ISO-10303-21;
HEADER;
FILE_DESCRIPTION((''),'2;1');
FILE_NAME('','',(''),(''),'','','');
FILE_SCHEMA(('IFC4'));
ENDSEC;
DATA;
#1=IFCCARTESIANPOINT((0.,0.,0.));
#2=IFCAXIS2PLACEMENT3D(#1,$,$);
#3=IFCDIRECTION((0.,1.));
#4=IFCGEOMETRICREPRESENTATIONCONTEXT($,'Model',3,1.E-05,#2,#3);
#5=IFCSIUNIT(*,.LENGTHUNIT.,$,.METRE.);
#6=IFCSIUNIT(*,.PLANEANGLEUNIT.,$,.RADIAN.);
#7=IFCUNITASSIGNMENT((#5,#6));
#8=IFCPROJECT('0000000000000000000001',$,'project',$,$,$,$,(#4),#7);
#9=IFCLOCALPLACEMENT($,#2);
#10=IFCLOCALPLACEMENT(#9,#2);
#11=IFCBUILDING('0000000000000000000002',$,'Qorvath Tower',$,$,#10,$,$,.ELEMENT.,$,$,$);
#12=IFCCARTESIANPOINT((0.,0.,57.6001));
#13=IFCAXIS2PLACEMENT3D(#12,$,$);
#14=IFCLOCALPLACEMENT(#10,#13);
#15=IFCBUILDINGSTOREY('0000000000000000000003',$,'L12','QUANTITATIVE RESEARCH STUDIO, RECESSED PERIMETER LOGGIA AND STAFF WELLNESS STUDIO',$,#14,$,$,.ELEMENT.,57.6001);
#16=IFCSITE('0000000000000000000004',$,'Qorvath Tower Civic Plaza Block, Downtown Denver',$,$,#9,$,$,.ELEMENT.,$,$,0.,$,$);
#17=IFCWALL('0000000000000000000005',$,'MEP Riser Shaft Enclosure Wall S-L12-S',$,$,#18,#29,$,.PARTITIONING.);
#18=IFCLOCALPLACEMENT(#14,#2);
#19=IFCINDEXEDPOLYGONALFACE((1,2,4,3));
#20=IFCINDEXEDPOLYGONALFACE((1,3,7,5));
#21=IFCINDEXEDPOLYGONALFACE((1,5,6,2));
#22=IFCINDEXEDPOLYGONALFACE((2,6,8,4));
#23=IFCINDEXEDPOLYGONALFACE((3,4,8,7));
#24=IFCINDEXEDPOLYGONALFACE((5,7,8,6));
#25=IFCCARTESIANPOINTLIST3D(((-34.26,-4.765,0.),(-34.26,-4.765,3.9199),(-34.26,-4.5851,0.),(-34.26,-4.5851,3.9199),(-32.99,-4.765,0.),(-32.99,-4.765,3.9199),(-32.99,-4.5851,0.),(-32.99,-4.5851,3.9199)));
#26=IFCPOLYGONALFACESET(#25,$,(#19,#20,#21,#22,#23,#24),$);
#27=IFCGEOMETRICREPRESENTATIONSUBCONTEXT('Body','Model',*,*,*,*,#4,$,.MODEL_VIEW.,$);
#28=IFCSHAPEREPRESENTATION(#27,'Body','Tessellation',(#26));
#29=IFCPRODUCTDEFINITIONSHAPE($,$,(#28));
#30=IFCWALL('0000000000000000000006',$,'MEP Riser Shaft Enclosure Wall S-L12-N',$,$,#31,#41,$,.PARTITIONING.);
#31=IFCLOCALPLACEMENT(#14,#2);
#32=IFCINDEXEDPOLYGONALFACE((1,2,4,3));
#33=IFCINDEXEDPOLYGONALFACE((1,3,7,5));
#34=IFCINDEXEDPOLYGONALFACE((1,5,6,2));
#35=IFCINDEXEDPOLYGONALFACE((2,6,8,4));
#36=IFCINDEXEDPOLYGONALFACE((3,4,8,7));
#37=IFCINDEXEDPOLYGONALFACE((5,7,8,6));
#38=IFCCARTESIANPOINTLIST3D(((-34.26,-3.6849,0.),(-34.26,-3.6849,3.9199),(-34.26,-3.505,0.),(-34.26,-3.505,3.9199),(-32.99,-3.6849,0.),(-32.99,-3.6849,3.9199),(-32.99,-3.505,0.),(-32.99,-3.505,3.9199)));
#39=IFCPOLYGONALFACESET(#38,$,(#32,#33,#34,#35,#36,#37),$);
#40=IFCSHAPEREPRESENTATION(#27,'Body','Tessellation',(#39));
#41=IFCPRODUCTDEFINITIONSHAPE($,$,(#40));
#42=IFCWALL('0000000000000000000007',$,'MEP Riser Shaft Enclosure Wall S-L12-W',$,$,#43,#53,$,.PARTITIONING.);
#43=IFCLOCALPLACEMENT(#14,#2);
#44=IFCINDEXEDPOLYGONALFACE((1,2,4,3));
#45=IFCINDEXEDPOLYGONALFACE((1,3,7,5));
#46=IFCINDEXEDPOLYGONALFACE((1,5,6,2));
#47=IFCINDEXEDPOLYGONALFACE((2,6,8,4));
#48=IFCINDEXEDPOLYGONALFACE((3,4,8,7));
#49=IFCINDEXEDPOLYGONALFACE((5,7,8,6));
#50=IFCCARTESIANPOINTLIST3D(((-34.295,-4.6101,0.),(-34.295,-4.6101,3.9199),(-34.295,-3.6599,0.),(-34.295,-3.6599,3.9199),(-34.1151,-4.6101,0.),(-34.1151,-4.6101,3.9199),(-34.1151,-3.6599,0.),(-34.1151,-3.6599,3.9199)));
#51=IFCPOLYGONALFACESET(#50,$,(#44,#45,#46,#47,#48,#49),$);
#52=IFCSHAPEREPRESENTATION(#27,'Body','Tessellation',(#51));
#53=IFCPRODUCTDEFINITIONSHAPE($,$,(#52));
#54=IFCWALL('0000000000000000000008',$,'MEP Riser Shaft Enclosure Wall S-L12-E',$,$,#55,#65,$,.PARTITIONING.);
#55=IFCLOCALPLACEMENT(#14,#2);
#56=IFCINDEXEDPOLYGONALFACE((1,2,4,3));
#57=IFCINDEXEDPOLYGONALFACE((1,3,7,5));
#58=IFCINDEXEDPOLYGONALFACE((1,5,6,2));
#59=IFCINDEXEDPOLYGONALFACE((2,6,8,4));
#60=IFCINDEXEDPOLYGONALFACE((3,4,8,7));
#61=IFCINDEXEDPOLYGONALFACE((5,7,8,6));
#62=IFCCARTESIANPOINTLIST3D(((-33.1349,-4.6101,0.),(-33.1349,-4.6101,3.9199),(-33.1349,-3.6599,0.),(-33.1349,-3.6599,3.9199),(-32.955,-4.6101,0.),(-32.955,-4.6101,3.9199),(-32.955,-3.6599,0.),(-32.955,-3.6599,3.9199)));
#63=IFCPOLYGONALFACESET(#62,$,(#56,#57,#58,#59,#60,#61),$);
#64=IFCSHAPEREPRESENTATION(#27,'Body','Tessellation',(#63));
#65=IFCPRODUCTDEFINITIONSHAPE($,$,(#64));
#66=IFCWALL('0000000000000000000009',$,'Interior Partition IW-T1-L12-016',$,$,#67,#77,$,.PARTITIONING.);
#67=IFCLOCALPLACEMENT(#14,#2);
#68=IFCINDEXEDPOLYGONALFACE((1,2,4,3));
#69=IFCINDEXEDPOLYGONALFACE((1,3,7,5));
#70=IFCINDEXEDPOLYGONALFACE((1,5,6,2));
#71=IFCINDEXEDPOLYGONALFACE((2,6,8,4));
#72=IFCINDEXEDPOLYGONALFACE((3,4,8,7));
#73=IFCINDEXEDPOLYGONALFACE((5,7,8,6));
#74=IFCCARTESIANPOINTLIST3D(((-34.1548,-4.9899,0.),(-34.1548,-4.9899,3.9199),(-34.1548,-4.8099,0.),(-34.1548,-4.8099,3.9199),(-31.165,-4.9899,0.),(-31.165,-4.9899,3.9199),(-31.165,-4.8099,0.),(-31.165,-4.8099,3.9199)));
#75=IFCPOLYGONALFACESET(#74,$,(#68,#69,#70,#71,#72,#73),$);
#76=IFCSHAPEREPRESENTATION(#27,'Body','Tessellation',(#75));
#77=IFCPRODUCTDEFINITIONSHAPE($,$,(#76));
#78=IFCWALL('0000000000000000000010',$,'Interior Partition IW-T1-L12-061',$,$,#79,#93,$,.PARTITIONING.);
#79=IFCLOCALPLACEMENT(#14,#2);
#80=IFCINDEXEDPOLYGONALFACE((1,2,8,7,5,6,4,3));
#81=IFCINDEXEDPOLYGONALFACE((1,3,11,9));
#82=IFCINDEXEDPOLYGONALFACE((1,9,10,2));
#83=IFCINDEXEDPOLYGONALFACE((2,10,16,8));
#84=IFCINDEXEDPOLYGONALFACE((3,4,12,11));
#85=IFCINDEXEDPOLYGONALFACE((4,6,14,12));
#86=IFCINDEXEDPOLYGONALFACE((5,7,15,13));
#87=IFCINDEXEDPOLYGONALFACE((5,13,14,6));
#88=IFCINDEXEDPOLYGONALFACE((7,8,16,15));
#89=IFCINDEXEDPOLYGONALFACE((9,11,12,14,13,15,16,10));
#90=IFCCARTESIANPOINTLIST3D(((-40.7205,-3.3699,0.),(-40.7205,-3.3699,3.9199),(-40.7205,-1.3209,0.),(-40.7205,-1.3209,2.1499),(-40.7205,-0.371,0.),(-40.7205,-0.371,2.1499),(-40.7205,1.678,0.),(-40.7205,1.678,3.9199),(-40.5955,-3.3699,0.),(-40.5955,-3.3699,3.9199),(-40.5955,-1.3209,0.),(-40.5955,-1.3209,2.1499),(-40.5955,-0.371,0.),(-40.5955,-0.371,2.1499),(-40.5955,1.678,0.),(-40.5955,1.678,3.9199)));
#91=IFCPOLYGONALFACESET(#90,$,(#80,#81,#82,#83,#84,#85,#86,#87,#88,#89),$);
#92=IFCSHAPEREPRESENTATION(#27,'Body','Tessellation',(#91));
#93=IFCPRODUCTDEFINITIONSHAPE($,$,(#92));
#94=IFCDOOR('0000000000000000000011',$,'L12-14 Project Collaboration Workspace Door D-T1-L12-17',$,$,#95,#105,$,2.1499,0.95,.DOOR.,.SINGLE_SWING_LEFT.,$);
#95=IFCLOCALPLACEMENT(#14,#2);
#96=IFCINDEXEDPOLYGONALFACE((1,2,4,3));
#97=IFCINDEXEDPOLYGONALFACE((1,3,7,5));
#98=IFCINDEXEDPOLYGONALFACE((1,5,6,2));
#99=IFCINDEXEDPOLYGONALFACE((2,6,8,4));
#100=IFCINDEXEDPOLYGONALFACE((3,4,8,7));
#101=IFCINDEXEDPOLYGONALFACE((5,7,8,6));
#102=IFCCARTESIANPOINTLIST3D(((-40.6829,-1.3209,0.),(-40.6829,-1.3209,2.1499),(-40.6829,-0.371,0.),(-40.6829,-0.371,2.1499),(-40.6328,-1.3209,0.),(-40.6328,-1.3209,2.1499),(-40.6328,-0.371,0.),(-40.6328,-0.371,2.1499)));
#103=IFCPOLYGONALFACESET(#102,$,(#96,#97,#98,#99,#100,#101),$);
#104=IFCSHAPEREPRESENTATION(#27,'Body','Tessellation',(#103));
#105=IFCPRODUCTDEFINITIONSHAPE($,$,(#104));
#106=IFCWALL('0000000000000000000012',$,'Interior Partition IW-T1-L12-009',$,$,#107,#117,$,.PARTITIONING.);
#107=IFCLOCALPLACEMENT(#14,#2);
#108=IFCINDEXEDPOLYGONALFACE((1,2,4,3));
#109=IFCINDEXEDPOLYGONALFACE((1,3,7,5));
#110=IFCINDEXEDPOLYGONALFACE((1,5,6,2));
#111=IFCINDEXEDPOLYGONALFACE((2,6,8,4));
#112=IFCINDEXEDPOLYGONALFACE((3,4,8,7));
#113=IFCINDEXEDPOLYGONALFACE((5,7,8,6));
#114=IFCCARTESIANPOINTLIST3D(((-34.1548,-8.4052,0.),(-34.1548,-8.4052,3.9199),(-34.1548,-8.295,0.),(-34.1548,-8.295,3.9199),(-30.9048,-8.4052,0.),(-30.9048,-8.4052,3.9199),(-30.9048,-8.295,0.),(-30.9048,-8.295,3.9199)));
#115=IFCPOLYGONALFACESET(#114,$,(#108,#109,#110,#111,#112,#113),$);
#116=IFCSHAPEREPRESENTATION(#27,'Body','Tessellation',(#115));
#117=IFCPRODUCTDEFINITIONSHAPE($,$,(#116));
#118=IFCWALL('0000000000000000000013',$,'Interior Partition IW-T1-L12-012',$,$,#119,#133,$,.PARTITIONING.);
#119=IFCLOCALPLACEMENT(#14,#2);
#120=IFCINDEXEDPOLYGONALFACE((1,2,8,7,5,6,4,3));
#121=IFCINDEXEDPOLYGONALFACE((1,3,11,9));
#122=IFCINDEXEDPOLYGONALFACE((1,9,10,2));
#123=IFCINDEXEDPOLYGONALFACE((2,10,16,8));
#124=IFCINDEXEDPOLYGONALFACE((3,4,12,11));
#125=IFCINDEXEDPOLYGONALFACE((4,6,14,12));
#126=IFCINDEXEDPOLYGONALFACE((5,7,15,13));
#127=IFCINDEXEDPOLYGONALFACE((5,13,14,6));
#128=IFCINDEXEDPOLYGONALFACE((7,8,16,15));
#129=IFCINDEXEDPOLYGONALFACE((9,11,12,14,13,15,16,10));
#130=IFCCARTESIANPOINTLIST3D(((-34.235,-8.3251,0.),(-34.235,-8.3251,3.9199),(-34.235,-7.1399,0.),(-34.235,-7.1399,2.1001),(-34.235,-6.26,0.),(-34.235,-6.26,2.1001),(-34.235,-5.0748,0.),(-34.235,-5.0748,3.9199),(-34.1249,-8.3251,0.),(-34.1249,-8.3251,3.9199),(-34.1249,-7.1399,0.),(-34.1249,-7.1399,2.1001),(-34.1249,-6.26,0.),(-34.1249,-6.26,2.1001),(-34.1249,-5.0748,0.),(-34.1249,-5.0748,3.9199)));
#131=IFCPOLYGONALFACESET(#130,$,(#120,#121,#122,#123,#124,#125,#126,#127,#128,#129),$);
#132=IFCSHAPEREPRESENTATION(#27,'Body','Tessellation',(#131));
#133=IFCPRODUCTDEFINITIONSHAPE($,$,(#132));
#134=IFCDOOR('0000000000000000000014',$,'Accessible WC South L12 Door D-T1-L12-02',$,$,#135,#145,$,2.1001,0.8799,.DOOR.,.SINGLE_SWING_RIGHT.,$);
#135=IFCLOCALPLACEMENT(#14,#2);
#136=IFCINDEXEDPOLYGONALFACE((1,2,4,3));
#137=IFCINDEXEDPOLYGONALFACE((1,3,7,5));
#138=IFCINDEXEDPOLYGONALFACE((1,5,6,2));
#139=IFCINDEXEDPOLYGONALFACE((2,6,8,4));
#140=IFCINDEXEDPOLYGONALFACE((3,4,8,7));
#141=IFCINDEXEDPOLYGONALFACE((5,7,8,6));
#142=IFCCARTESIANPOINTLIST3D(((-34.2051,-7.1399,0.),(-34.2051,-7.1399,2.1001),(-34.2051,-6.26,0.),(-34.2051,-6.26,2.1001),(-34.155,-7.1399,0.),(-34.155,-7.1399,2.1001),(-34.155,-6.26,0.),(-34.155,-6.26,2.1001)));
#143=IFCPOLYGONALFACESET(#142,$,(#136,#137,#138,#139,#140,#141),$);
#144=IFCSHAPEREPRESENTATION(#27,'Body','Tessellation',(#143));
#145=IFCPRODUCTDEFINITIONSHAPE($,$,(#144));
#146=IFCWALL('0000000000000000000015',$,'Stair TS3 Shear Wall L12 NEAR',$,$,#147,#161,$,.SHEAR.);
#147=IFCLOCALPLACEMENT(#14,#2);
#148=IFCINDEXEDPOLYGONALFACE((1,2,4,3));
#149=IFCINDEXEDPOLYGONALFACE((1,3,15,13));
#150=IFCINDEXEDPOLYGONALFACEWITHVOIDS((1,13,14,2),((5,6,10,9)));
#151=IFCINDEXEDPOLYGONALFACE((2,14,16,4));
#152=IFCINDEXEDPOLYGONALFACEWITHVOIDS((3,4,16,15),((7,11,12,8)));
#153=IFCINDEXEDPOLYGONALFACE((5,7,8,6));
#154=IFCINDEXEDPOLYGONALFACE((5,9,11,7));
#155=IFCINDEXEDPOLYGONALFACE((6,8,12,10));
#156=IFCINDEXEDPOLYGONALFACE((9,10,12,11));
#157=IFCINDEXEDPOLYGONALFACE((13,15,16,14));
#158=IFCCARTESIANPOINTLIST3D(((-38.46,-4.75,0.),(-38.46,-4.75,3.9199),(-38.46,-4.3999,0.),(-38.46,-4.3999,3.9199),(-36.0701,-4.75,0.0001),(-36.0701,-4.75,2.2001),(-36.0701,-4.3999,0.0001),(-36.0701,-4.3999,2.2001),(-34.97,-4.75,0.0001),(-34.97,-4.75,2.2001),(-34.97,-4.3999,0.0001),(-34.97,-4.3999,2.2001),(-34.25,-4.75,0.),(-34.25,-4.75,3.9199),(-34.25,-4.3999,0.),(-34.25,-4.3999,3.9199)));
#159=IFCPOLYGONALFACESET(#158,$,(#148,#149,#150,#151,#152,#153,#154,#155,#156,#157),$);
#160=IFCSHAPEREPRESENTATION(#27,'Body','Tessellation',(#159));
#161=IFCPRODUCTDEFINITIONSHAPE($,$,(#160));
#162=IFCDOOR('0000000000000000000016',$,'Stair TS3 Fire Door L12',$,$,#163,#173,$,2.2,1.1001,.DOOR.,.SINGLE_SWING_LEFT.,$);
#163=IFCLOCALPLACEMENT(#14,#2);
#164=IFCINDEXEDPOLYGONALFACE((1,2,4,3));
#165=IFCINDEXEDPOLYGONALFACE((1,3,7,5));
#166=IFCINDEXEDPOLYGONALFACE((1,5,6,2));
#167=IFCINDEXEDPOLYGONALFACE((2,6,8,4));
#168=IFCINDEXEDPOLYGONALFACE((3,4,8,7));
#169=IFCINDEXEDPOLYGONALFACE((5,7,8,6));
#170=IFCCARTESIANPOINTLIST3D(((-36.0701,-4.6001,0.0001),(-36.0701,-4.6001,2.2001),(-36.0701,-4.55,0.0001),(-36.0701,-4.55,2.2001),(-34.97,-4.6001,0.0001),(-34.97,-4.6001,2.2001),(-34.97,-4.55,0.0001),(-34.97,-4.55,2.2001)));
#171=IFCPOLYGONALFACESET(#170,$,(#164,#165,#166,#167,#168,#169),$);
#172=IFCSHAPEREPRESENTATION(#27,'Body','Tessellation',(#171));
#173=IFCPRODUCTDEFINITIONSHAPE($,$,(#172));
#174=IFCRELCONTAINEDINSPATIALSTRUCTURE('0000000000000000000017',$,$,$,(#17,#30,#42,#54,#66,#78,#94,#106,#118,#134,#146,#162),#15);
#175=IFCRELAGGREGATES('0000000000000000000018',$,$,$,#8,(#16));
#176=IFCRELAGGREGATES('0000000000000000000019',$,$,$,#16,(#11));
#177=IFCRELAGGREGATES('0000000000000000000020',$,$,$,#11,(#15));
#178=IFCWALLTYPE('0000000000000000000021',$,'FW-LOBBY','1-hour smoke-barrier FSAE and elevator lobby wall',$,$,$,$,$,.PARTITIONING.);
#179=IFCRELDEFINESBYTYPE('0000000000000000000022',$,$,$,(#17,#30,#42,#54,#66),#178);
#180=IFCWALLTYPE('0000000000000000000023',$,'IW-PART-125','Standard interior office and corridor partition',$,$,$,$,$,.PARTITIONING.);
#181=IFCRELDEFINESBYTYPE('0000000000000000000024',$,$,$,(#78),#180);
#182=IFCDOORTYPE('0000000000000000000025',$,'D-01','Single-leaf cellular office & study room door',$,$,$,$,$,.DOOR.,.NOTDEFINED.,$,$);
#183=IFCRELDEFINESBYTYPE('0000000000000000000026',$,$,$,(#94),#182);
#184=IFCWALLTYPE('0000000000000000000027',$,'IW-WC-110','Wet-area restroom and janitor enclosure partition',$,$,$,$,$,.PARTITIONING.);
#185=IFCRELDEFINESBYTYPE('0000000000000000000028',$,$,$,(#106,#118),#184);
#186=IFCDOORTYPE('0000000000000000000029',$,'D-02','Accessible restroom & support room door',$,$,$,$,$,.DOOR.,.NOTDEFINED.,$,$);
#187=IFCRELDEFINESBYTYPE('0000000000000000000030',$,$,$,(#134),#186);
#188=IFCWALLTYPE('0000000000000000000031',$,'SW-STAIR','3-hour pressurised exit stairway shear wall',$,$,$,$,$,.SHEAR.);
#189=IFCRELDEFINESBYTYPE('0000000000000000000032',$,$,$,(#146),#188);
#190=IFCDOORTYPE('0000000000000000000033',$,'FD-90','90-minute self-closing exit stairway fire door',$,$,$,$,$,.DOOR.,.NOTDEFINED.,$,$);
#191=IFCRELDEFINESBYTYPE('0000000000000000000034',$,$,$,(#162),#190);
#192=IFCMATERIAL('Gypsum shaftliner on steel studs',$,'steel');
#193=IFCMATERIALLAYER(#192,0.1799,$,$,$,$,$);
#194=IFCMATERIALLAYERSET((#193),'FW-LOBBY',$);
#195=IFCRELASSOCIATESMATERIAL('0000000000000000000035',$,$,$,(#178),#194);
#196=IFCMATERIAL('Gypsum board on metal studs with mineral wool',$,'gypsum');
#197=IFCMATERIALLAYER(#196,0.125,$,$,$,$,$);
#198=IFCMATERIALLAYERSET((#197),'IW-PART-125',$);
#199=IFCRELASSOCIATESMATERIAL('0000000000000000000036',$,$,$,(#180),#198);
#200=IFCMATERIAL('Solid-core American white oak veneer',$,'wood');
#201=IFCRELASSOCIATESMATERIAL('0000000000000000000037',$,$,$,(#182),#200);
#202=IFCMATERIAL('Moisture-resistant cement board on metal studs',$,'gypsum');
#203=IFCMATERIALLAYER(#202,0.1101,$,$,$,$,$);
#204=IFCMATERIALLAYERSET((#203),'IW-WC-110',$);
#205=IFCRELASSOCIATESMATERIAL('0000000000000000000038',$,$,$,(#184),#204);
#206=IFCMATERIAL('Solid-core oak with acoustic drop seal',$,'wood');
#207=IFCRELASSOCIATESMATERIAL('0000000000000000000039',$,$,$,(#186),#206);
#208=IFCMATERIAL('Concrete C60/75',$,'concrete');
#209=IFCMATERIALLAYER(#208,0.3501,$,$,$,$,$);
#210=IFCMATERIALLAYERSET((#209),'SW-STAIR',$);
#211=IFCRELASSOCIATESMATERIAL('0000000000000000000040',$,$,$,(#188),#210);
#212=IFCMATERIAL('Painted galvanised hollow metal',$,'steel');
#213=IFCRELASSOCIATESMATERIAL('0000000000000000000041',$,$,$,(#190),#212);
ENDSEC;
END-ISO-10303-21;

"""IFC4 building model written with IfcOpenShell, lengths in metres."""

from ifc_helpers import new_model, si_unit, direction, frame, frame_2d, origin, place, context, subcontext, project, spatial, rectangle, extrude, material, layer, layer_set, type_object, element, fill, save


model = new_model("IFC4")

# Units and contexts
model_context = context("Model", 3, precision=1e-05, world=origin(), true_north=direction((0.0, 1.0)))
body_context = subcontext(model_context, "Body", "Model", "MODEL_VIEW")
ifc_project = project(units=[si_unit("LENGTHUNIT", "METRE"), si_unit("PLANEANGLEUNIT", "RADIAN")], contexts=[model_context])

# Site, building, storey
site_placement = place(None, origin())
site = spatial("IfcSite", under=ifc_project, at=site_placement, Name="Qorvath Tower Civic Plaza Block, Downtown Denver", CompositionType="ELEMENT", RefElevation=0.0)
building_placement = place(site_placement, origin())
building = spatial("IfcBuilding", under=site, at=building_placement, Name="Qorvath Tower", CompositionType="ELEMENT")
storey_placement = place(building_placement, frame((0.0, 0.0, 57.6001)))
storey = spatial("IfcBuildingStorey", under=building, at=storey_placement, Name="L12", Description="QUANTITATIVE RESEARCH STUDIO, RECESSED PERIMETER LOGGIA AND STAFF WELLNESS STUDIO", CompositionType="ELEMENT", Elevation=57.6001)

# Walls
ifc_material_1 = material(Name="Gypsum shaftliner on steel studs", Category="steel")
ifc_layer_1 = layer(ifc_material_1, 0.1799)
ifc_layer_set_1 = layer_set([ifc_layer_1], Name="FW-LOBBY")
wall_type_1 = type_object("IfcWallType", Name="FW-LOBBY", Description="1-hour smoke-barrier FSAE and elevator lobby wall", PredefinedType="PARTITIONING", material=ifc_layer_set_1)
for number, where, z_axis, x_axis, name in (
    (1, (-32.99, -4.675, 0.0), (0.0, 0.0, 1.0), (-1.0, 0.0, 0.0), "MEP Riser Shaft Enclosure Wall S-L12-S"),
    (2, (-34.26, -3.595, 0.0), (0.0, 0.0, 1.0), (1.0, 0.0, 0.0), "MEP Riser Shaft Enclosure Wall S-L12-N"),
):
    element("IfcWall", number, at=place(storey_placement, frame(where, z_axis=z_axis, x_axis=x_axis)), inside=storey, type_object=wall_type_1, Name=name, PredefinedType="PARTITIONING", context=body_context, shape_type="SweptSolid", body=[
        extrude(rectangle(XDim=1.27, YDim=0.1799, at=frame_2d((0.635, 0.0))), origin(), (0.0, 0.0, 1.0), 3.9199),
    ])
for number, where, z_axis, x_axis, name in (
    (3, (-34.2051, -4.6101, 0.0), (0.0, 0.0, 1.0), (0.0, 1.0, 0.0), "MEP Riser Shaft Enclosure Wall S-L12-W"),
    (4, (-33.0449, -3.6599, 0.0), (0.0, 0.0, 1.0), (0.0, -1.0, 0.0), "MEP Riser Shaft Enclosure Wall S-L12-E"),
):
    element("IfcWall", number, at=place(storey_placement, frame(where, z_axis=z_axis, x_axis=x_axis)), inside=storey, type_object=wall_type_1, Name=name, PredefinedType="PARTITIONING", context=body_context, shape_type="SweptSolid", body=[
        extrude(rectangle(XDim=0.9502, YDim=0.1799, at=frame_2d((0.4751, 0.0))), origin(), (0.0, 0.0, 1.0), 3.9199),
    ])
wall_1_placement = place(storey_placement, frame((-34.1548, -4.8999, 0.0), z_axis=(0.0, 0.0, 1.0), x_axis=(1.0, 0.0, 0.0)))
element("IfcWall", 5, at=wall_1_placement, inside=storey, type_object=wall_type_1, Name="Interior Partition IW-T1-L12-016", PredefinedType="PARTITIONING", context=body_context, shape_type="SweptSolid", body=[
    extrude(rectangle(XDim=2.9897, YDim=0.1799, at=frame_2d((1.4949, 0.0))), origin(), (0.0, 0.0, 1.0), 3.9199),
])

# Wall, opening, door
ifc_material_2 = material(Name="Gypsum board on metal studs with mineral wool", Category="gypsum")
ifc_layer_2 = layer(ifc_material_2, 0.125)
ifc_layer_set_2 = layer_set([ifc_layer_2], Name="IW-PART-125")
wall_type_2 = type_object("IfcWallType", Name="IW-PART-125", Description="Standard interior office and corridor partition", PredefinedType="PARTITIONING", material=ifc_layer_set_2)
wall_2_placement = place(storey_placement, frame((-40.658, -3.3699, 0.0), z_axis=(0.0, 0.0, 1.0), x_axis=(0.0, 1.0, 0.0)))
wall_2 = element("IfcWall", 6, at=wall_2_placement, inside=storey, type_object=wall_type_2, Name="Interior Partition IW-T1-L12-061", PredefinedType="PARTITIONING", context=body_context, shape_type="SweptSolid", body=[
    extrude(rectangle(XDim=5.0479, YDim=0.125, at=frame_2d((2.5239, 0.0))), origin(), (0.0, 0.0, 1.0), 3.9199),
])
opening_1_placement = place(wall_2_placement, frame((2.0488, 0.0, 0.0)))
opening_1 = element("IfcOpeningElement", 7, at=opening_1_placement, cuts=wall_2, PredefinedType="OPENING", context=body_context, shape_type="SweptSolid", body=[
    extrude(rectangle(XDim=0.95, YDim=2.1499, at=frame_2d((0.4751, 1.075))), frame((0.0, 0.0725, 0.0), z_axis=(0.0, -1.0, 0.0), x_axis=(1.0, 0.0, 0.0)), (0.0, 0.0, 1.0), 0.145),
])
ifc_material_3 = material(Name="Solid-core American white oak veneer", Category="wood")
door_type_1 = type_object("IfcDoorType", Name="D-01", Description="Single-leaf cellular office & study room door", OperationType="NOTDEFINED", PredefinedType="DOOR", material=ifc_material_3)
door_1_placement = place(opening_1_placement, origin())
door_1 = element("IfcDoor", 8, at=door_1_placement, inside=storey, type_object=door_type_1, Name="L12-14 Project Collaboration Workspace Door D-T1-L12-17", OperationType="SINGLE_SWING_LEFT", OverallHeight=2.1499, OverallWidth=0.95, PredefinedType="DOOR", context=body_context, shape_type="SweptSolid", body=[
    extrude(rectangle(XDim=0.95, YDim=2.1499, at=frame_2d((0.4751, 1.075))), frame((0.0, 0.0249, 0.0), z_axis=(0.0, -1.0, 0.0), x_axis=(1.0, 0.0, 0.0)), (0.0, 0.0, 1.0), 0.05),
])
fill(opening_1, door_1)

# Wall
ifc_material_4 = material(Name="Moisture-resistant cement board on metal studs", Category="gypsum")
ifc_layer_3 = layer(ifc_material_4, 0.1101)
ifc_layer_set_3 = layer_set([ifc_layer_3], Name="IW-WC-110")
wall_type_3 = type_object("IfcWallType", Name="IW-WC-110", Description="Wet-area restroom and janitor enclosure partition", PredefinedType="PARTITIONING", material=ifc_layer_set_3)
wall_3_placement = place(storey_placement, frame((-34.1548, -8.3501, 0.0), z_axis=(0.0, 0.0, 1.0), x_axis=(1.0, 0.0, 0.0)))
element("IfcWall", 9, at=wall_3_placement, inside=storey, type_object=wall_type_3, Name="Interior Partition IW-T1-L12-009", PredefinedType="PARTITIONING", context=body_context, shape_type="SweptSolid", body=[
    extrude(rectangle(XDim=3.25, YDim=0.1101, at=frame_2d((1.625, 0.0))), origin(), (0.0, 0.0, 1.0), 3.9199),
])

# Walls, openings, doors
wall_4_placement = place(storey_placement, frame((-34.1799, -5.075, 0.0), z_axis=(0.0, 0.0, 1.0), x_axis=(0.0, -1.0, 0.0)))
wall_4 = element("IfcWall", 10, at=wall_4_placement, inside=storey, type_object=wall_type_3, Name="Interior Partition IW-T1-L12-012", PredefinedType="PARTITIONING", context=body_context, shape_type="SweptSolid", body=[
    extrude(rectangle(XDim=3.2502, YDim=0.1101, at=frame_2d((1.625, 0.0))), origin(), (0.0, 0.0, 1.0), 3.9199),
])
opening_2_placement = place(wall_4_placement, frame((1.1851, 0.0, 0.0)))
opening_2 = element("IfcOpeningElement", 11, at=opening_2_placement, cuts=wall_4, PredefinedType="OPENING", context=body_context, shape_type="SweptSolid", body=[
    extrude(rectangle(XDim=0.8799, YDim=2.1001, at=frame_2d((0.4399, 1.05))), frame((0.0, 0.0649, 0.0), z_axis=(0.0, -1.0, 0.0), x_axis=(1.0, 0.0, 0.0)), (0.0, 0.0, 1.0), 0.1301),
])
ifc_material_5 = material(Name="Solid-core oak with acoustic drop seal", Category="wood")
door_type_2 = type_object("IfcDoorType", Name="D-02", Description="Accessible restroom & support room door", OperationType="NOTDEFINED", PredefinedType="DOOR", material=ifc_material_5)
door_2_placement = place(opening_2_placement, origin())
door_2 = element("IfcDoor", 12, at=door_2_placement, inside=storey, type_object=door_type_2, Name="Accessible WC South L12 Door D-T1-L12-02", OperationType="SINGLE_SWING_RIGHT", OverallHeight=2.1001, OverallWidth=0.8799, PredefinedType="DOOR", context=body_context, shape_type="SweptSolid", body=[
    extrude(rectangle(XDim=0.8799, YDim=2.1001, at=frame_2d((0.4399, 1.05))), frame((0.0, 0.0249, 0.0), z_axis=(0.0, -1.0, 0.0), x_axis=(1.0, 0.0, 0.0)), (0.0, 0.0, 1.0), 0.05),
])
fill(opening_2, door_2)
ifc_material_6 = material(Name="Concrete C60/75", Category="concrete")
ifc_layer_4 = layer(ifc_material_6, 0.3501)
ifc_layer_set_4 = layer_set([ifc_layer_4], Name="SW-STAIR")
wall_type_4 = type_object("IfcWallType", Name="SW-STAIR", Description="3-hour pressurised exit stairway shear wall", PredefinedType="SHEAR", material=ifc_layer_set_4)
wall_5_placement = place(storey_placement, frame((-38.46, -4.575, 0.0), z_axis=(0.0, 0.0, 1.0), x_axis=(1.0, 0.0, 0.0)))
wall_5 = element("IfcWall", 13, at=wall_5_placement, inside=storey, type_object=wall_type_4, Name="Stair TS3 Shear Wall L12 NEAR", PredefinedType="SHEAR", context=body_context, shape_type="SweptSolid", body=[
    extrude(rectangle(XDim=4.21, YDim=0.3501, at=frame_2d((2.105, 0.0))), origin(), (0.0, 0.0, 1.0), 3.9199),
])
opening_3_placement = place(wall_5_placement, frame((2.3899, 0.0, 0.0)))
opening_3 = element("IfcOpeningElement", 14, at=opening_3_placement, cuts=wall_5, PredefinedType="OPENING", context=body_context, shape_type="SweptSolid", body=[
    extrude(rectangle(XDim=1.1001, YDim=2.2, at=frame_2d((0.55, 1.1001))), frame((0.0, 0.1851, 0.0), z_axis=(0.0, -1.0, 0.0), x_axis=(1.0, 0.0, 0.0)), (0.0, 0.0, 1.0), 0.3701),
])
ifc_material_7 = material(Name="Painted galvanised hollow metal", Category="steel")
door_type_3 = type_object("IfcDoorType", Name="FD-90", Description="90-minute self-closing exit stairway fire door", OperationType="NOTDEFINED", PredefinedType="DOOR", material=ifc_material_7)
door_3_placement = place(opening_3_placement, origin())
door_3 = element("IfcDoor", 15, at=door_3_placement, inside=storey, type_object=door_type_3, Name="Stair TS3 Fire Door L12", OperationType="SINGLE_SWING_LEFT", OverallHeight=2.2, OverallWidth=1.1001, PredefinedType="DOOR", context=body_context, shape_type="SweptSolid", body=[
    extrude(rectangle(XDim=1.1001, YDim=2.2, at=frame_2d((0.55, 1.1001))), frame((0.0, 0.0249, 0.0), z_axis=(0.0, -1.0, 0.0), x_axis=(1.0, 0.0, 0.0)), (0.0, 0.0, 1.0), 0.05),
])
fill(opening_3, door_3)

save(model, "model.ifc")
